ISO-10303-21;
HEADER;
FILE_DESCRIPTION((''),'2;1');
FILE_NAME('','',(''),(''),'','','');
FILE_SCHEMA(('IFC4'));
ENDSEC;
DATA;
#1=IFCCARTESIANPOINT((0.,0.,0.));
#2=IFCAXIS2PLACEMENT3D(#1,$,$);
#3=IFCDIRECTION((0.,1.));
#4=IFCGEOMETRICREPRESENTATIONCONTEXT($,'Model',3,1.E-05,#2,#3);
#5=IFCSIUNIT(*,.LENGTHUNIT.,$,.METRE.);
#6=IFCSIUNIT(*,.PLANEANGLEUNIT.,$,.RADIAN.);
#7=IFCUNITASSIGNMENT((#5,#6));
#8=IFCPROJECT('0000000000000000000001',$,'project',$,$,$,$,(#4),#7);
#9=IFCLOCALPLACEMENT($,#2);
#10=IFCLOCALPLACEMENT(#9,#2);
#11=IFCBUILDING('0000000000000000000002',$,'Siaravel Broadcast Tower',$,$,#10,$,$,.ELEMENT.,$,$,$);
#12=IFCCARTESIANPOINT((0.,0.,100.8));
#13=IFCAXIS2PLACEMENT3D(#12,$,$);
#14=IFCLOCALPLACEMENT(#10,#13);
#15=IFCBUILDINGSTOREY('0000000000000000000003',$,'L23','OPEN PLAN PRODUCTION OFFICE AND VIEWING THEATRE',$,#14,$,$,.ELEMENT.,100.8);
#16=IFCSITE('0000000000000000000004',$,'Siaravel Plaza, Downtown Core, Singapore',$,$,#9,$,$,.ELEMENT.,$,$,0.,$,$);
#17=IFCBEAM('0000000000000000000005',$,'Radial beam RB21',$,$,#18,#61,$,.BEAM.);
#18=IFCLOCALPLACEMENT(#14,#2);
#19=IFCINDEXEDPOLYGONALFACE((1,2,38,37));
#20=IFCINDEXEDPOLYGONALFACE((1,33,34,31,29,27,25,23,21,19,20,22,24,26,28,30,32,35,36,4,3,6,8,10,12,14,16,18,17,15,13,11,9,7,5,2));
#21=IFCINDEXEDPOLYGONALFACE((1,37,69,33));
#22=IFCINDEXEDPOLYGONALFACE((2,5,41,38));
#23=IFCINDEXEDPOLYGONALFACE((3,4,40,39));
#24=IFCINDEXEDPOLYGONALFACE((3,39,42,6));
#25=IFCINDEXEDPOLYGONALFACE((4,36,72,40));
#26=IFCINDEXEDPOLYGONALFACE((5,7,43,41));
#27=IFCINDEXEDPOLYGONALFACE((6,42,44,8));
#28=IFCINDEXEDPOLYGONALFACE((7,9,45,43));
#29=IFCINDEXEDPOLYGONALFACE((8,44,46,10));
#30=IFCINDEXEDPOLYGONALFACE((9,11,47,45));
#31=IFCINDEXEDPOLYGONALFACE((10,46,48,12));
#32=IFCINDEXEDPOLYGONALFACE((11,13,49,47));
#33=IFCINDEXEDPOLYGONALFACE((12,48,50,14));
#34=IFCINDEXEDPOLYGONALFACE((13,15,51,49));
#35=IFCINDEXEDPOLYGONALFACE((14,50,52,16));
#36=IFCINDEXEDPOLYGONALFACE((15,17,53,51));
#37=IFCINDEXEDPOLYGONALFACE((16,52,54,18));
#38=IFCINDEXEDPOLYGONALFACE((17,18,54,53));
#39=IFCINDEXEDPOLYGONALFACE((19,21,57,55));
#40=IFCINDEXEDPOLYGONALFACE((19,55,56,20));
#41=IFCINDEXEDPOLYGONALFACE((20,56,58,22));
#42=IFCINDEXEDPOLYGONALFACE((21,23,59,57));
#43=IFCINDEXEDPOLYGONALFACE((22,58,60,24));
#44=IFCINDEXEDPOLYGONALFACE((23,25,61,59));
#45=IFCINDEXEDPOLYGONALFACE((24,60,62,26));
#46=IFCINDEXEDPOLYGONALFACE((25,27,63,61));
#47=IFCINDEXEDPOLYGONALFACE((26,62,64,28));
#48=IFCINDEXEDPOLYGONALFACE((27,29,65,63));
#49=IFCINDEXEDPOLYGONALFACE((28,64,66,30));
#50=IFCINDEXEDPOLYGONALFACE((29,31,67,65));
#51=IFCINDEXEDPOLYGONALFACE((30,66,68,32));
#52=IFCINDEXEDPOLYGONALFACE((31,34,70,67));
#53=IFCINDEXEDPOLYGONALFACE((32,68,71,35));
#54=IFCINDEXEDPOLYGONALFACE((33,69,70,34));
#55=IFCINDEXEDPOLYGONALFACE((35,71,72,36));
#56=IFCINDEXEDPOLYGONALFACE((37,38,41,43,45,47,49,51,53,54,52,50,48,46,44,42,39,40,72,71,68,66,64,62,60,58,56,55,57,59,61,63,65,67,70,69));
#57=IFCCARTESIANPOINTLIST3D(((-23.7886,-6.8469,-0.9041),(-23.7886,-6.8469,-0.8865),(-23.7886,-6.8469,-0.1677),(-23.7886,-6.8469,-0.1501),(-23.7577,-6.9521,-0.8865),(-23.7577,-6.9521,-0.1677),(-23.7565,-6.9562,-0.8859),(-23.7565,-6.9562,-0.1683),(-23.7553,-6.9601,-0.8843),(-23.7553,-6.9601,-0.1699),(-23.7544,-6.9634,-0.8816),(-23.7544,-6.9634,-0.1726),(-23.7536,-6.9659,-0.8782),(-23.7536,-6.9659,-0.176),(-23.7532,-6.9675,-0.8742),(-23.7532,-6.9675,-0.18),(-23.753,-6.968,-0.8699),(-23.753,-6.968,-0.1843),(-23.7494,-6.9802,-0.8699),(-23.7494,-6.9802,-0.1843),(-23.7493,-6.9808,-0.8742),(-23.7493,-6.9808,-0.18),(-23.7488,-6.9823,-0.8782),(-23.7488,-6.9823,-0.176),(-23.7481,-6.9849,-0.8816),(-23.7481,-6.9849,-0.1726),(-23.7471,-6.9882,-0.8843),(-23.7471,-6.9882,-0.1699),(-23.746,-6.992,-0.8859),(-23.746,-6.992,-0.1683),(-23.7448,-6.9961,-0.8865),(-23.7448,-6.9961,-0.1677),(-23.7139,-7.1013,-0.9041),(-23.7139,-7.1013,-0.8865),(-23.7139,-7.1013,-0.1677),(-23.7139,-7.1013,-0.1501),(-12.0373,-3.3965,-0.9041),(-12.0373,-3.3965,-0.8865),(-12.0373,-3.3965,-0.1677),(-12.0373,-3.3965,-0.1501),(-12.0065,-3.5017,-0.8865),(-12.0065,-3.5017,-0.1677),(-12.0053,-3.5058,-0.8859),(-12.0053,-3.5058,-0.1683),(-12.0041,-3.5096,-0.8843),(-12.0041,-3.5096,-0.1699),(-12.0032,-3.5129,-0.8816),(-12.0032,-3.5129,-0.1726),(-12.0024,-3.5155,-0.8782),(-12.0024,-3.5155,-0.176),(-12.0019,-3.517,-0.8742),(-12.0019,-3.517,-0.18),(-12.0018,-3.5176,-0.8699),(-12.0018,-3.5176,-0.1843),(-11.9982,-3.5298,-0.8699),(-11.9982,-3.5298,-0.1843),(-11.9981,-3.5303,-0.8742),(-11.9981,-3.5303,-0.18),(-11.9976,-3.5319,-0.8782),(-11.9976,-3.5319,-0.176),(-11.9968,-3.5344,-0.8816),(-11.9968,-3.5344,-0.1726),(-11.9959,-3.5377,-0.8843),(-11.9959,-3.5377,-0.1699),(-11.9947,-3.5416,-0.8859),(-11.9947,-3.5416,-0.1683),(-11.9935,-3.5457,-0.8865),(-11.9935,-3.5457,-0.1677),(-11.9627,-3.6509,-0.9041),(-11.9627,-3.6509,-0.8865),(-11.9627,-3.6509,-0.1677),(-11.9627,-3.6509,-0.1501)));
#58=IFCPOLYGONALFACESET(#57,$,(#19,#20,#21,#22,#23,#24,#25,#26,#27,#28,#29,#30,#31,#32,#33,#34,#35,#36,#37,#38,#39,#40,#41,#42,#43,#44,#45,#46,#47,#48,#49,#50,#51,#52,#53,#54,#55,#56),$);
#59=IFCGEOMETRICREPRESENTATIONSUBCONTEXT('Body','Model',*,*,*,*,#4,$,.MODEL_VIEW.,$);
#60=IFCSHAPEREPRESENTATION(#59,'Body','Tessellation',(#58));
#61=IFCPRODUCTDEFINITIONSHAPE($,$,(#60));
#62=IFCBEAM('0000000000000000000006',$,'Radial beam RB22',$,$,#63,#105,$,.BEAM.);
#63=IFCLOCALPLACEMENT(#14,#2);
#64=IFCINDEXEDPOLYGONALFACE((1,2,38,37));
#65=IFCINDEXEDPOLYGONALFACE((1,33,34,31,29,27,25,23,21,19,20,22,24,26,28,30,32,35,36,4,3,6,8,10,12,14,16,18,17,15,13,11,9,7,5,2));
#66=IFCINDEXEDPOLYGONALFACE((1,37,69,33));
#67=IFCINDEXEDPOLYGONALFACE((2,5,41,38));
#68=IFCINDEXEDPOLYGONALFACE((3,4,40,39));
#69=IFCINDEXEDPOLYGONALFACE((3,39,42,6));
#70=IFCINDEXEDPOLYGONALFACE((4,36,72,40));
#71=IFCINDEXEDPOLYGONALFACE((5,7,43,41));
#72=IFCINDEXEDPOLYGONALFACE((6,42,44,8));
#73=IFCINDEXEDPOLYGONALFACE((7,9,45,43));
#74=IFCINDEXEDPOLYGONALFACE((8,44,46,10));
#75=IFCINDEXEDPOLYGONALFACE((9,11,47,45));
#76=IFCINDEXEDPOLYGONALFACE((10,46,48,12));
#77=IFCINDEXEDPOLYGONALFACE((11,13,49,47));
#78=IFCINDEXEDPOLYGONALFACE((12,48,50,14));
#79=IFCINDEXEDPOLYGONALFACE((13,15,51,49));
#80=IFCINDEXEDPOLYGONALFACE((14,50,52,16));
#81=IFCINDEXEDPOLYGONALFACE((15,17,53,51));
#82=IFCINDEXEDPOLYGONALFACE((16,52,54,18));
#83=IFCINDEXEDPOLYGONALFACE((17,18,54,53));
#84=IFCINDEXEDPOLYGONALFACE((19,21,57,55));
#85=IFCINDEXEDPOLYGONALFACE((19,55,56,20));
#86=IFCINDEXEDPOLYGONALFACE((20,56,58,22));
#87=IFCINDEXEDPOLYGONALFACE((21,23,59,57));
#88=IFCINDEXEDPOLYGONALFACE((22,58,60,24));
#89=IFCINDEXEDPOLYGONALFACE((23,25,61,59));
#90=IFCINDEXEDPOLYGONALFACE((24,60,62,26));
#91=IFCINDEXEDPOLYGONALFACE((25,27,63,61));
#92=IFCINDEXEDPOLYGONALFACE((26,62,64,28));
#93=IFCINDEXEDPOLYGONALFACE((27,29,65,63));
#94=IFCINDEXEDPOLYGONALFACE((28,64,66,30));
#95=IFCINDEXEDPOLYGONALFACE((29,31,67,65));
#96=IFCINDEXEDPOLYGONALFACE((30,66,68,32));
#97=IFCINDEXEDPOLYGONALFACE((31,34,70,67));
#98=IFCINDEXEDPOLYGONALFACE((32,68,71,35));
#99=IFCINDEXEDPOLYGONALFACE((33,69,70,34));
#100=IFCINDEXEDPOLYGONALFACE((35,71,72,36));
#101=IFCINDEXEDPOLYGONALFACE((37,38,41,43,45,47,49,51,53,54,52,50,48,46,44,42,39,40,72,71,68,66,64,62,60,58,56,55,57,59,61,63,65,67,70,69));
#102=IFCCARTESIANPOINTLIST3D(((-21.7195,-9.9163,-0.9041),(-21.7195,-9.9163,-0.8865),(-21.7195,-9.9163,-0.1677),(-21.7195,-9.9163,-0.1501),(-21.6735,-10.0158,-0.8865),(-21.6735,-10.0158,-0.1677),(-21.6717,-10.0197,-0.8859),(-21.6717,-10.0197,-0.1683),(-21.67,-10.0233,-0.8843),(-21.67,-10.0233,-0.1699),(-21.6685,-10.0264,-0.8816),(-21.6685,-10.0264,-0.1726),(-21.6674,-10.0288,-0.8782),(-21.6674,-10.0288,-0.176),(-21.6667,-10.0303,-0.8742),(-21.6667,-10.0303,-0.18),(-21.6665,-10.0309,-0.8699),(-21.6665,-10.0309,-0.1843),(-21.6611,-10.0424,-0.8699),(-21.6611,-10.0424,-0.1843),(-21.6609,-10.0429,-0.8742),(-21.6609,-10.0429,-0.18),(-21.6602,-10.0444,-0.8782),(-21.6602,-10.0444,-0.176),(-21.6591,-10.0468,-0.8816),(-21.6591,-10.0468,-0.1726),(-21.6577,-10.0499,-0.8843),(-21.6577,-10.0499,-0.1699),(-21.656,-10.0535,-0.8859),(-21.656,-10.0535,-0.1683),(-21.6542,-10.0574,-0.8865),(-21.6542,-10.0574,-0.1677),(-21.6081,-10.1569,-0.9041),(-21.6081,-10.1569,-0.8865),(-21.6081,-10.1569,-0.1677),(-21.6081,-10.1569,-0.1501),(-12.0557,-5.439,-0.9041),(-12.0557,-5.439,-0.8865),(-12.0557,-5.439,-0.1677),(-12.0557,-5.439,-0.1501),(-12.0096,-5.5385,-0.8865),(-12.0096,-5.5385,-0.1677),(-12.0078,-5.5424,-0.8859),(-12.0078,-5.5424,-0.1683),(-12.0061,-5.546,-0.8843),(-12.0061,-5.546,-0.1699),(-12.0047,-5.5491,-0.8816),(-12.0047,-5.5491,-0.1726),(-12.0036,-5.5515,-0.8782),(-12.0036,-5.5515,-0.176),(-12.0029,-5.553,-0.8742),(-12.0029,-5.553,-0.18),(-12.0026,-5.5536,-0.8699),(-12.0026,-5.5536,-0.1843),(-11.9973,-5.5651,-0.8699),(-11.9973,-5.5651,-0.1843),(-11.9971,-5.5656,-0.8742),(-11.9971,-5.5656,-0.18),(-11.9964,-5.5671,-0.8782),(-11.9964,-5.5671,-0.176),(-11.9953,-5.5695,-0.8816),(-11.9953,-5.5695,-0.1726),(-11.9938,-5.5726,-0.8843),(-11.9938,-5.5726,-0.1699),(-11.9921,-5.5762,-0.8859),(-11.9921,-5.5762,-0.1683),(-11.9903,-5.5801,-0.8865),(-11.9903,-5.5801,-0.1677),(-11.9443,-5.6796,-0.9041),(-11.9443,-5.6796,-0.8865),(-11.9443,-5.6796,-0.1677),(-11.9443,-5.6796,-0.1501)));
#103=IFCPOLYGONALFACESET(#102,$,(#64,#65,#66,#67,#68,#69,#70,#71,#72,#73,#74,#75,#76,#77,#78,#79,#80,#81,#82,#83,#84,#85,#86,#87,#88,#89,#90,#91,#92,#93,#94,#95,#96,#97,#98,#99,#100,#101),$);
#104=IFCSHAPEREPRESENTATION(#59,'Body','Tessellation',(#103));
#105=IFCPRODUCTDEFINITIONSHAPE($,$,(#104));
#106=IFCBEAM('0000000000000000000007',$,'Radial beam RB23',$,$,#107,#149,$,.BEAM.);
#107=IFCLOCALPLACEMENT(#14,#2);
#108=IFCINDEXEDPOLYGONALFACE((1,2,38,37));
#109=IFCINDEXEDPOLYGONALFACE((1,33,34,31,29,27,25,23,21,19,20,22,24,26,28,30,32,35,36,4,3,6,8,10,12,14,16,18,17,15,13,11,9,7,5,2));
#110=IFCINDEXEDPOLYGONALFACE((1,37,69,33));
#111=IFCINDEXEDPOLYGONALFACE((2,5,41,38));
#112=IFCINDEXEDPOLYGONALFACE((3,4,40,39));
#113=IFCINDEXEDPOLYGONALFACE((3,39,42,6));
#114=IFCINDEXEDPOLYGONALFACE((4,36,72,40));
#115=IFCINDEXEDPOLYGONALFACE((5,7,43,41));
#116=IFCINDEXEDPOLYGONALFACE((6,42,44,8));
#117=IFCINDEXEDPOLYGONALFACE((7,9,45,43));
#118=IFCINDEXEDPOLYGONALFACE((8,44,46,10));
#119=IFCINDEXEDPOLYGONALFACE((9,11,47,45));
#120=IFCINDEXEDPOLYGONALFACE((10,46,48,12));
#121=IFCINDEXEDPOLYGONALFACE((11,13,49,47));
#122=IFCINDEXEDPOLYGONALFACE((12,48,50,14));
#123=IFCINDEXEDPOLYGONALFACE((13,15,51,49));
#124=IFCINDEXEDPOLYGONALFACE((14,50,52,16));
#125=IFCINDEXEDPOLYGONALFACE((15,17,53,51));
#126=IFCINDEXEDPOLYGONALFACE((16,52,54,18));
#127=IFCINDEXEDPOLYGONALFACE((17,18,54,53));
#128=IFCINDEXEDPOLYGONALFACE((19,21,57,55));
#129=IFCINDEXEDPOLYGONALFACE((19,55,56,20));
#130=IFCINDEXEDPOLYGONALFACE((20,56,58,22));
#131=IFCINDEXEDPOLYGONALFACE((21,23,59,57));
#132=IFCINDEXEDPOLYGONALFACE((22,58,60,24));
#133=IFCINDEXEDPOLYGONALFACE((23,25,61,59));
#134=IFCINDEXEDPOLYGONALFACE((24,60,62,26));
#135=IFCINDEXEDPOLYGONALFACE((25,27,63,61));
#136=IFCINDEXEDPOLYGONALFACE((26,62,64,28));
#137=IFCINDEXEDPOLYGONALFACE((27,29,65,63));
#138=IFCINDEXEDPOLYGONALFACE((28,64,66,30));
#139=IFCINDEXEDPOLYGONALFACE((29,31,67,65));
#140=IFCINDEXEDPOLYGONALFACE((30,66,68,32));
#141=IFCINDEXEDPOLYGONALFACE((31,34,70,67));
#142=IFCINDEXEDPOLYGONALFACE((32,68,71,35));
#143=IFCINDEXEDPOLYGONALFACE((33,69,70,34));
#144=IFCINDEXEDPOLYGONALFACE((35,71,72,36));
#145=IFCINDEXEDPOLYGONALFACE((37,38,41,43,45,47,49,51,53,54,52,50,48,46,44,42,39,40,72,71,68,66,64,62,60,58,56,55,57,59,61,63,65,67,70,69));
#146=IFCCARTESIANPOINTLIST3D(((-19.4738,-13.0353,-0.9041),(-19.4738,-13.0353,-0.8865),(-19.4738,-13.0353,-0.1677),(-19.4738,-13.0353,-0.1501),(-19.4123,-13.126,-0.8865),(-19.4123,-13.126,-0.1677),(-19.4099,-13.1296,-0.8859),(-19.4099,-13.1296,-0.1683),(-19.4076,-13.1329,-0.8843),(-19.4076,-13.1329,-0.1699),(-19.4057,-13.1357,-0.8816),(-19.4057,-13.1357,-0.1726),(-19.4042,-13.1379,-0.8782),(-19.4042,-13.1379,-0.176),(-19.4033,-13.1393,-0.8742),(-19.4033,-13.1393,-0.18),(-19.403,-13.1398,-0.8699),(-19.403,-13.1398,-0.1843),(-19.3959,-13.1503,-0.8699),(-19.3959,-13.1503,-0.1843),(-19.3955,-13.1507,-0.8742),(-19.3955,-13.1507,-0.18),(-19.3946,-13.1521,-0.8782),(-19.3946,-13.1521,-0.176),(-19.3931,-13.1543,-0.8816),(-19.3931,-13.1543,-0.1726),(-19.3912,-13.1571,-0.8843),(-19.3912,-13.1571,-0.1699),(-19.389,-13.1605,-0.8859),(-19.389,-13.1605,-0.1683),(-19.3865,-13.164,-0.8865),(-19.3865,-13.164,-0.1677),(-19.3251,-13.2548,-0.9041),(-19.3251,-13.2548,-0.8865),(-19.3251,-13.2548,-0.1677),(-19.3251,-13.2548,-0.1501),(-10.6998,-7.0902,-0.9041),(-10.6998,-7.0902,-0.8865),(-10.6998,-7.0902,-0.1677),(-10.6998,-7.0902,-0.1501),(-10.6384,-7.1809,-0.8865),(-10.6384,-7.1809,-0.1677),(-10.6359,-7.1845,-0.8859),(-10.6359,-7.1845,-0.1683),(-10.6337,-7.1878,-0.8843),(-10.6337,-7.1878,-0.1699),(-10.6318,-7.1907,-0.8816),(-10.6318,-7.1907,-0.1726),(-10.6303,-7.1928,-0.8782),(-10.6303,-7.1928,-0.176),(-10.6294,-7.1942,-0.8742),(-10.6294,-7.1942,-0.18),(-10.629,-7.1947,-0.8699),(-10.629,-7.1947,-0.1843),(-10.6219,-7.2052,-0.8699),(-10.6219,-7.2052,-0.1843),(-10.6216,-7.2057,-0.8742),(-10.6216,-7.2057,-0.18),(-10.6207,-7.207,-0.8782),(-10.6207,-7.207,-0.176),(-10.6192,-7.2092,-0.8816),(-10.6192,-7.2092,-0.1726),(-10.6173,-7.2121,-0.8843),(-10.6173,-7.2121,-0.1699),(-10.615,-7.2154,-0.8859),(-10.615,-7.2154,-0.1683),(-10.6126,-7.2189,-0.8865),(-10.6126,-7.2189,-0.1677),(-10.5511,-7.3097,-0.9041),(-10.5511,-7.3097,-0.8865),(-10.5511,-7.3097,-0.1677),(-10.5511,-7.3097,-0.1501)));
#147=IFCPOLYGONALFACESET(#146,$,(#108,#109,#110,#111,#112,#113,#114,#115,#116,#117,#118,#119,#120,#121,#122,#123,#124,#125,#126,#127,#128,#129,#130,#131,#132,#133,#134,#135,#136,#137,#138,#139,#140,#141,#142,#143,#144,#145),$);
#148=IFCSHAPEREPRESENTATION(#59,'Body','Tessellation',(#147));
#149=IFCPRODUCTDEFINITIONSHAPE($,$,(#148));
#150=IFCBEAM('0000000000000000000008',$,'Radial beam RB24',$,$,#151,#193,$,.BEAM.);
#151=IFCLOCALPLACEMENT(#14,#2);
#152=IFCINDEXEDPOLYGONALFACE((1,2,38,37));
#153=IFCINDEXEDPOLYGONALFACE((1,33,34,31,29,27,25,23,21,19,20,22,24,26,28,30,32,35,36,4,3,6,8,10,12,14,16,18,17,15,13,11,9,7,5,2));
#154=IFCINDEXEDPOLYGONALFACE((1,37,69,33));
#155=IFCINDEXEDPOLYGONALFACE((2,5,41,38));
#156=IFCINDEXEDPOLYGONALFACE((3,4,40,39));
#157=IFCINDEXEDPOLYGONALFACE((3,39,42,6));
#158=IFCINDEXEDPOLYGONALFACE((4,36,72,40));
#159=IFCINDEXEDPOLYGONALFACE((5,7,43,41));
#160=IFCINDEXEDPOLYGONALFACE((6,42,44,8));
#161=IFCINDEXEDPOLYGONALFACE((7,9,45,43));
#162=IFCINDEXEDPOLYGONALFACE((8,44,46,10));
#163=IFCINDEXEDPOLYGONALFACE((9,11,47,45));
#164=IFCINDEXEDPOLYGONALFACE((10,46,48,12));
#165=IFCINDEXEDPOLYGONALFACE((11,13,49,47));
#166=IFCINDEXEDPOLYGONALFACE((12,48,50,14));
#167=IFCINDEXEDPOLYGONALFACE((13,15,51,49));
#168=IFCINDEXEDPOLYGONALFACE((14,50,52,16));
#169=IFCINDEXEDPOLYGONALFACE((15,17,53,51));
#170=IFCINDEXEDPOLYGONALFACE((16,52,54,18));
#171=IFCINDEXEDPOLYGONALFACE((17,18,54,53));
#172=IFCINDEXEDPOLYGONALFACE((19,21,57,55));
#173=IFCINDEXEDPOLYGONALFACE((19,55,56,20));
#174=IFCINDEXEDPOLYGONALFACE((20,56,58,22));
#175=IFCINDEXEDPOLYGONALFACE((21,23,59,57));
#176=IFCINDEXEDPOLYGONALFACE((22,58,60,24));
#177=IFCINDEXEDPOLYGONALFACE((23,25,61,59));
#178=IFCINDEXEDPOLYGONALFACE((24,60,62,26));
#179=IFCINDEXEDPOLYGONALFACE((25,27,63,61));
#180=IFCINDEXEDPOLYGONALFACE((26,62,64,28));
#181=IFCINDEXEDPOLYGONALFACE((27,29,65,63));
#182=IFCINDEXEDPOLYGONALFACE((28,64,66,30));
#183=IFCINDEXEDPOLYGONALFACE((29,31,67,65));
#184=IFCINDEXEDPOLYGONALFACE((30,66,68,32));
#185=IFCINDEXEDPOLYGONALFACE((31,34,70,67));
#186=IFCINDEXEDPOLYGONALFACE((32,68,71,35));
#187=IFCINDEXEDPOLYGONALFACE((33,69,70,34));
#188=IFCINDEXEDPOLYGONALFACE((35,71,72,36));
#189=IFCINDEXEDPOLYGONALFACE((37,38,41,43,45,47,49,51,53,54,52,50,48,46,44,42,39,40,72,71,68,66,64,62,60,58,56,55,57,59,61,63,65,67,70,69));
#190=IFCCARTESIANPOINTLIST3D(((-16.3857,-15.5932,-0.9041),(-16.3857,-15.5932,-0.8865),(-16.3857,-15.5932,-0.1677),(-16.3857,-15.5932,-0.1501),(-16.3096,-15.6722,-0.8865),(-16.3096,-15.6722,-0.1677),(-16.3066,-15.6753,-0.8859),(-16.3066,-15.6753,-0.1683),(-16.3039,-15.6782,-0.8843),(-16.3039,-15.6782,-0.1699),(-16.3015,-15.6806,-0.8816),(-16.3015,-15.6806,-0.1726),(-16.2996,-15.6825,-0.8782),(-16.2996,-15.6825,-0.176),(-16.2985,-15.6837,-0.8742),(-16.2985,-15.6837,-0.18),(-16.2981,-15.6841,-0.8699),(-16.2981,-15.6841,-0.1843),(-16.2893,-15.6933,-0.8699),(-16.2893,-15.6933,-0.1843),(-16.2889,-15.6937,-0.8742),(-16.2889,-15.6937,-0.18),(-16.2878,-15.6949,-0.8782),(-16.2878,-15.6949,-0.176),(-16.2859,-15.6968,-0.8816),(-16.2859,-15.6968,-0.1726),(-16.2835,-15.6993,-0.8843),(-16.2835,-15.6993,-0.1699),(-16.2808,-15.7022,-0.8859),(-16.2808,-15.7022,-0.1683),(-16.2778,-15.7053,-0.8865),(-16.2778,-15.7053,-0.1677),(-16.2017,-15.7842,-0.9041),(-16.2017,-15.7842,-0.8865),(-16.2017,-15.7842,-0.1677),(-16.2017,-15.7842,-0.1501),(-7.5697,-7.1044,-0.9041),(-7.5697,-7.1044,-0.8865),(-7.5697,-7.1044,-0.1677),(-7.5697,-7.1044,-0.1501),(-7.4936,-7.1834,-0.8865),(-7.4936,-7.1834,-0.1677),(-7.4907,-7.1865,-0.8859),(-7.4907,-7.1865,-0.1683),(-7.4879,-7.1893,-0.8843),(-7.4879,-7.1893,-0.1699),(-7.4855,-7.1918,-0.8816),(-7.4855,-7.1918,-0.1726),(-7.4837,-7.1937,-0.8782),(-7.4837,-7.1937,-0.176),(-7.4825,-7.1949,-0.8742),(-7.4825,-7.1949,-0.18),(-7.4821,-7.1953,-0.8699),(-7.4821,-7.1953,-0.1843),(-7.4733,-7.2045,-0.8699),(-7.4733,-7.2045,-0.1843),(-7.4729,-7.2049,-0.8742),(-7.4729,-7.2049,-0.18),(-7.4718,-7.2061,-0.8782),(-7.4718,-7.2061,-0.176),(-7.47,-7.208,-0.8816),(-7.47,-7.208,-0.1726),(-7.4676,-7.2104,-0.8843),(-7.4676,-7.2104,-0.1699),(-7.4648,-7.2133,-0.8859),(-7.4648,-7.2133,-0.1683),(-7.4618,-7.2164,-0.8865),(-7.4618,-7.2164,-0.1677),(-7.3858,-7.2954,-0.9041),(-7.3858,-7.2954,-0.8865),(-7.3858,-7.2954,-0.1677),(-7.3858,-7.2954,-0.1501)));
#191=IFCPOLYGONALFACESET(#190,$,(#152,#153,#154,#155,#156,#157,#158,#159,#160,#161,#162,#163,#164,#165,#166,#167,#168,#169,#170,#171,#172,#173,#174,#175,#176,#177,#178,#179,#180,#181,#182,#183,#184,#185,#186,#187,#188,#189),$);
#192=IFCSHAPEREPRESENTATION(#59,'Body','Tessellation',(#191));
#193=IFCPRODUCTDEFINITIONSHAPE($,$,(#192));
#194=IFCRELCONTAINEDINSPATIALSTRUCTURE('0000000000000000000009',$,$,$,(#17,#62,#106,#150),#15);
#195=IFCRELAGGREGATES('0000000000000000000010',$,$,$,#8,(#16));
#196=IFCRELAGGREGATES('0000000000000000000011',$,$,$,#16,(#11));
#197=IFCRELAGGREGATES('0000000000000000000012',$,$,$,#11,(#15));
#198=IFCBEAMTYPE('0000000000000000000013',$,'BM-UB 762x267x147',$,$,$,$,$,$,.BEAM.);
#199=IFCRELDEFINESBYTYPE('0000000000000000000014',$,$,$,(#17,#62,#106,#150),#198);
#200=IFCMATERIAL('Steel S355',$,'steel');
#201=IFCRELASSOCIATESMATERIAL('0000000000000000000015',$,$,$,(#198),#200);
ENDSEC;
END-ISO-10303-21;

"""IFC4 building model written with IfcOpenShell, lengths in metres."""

from ifc_helpers import new_model, si_unit, direction, frame, origin, origin_2d, place, context, subcontext, project, spatial, i_section, extrude, material, material_profile, profile_set, type_object, element, save


model = new_model("IFC4")

# Units and contexts
model_context = context("Model", 3, precision=1e-05, world=origin(), true_north=direction((0.0, 1.0)))
body_context = subcontext(model_context, "Body", "Model", "MODEL_VIEW")
ifc_project = project(units=[si_unit("LENGTHUNIT", "METRE"), si_unit("PLANEANGLEUNIT", "RADIAN")], contexts=[model_context])

# Site, building, storey
site_placement = place(None, origin())
site = spatial("IfcSite", under=ifc_project, at=site_placement, Name="Siaravel Plaza, Downtown Core, Singapore", CompositionType="ELEMENT", RefElevation=0.0)
building_placement = place(site_placement, origin())
building = spatial("IfcBuilding", under=site, at=building_placement, Name="Siaravel Broadcast Tower", CompositionType="ELEMENT")
storey_placement = place(building_placement, frame((0.0, 0.0, 100.8)))
storey = spatial("IfcBuildingStorey", under=building, at=storey_placement, Name="L23", Description="OPEN PLAN PRODUCTION OFFICE AND VIEWING THEATRE", CompositionType="ELEMENT", Elevation=100.8)

# Beams
ifc_material_1 = material(Name="Steel S355", Category="steel")
ifc_material_profile_1 = material_profile(ifc_material_1, i_section(OverallWidth=0.2651, OverallDepth=0.7539, WebThickness=0.0127, FlangeThickness=0.0176, FilletRadius=0.0166, at=origin_2d()))
ifc_profile_set_1 = profile_set([ifc_material_profile_1], Name="Steel S355")
beam_type = type_object("IfcBeamType", Name="BM-UB 762x267x147", PredefinedType="BEAM", material=ifc_profile_set_1)
beam_1_placement = place(storey_placement, frame((-23.7512, -6.9741, -0.5271), z_axis=(0.959494, 0.28173, 0.0), x_axis=(-0.28173, 0.959494, 0.0)))
element("IfcBeam", 1, at=beam_1_placement, inside=storey, type_object=beam_type, Name="Radial beam RB21", PredefinedType="BEAM", context=body_context, shape_type="SweptSolid", body=[
    extrude(i_section(OverallWidth=0.2651, OverallDepth=0.7539, WebThickness=0.0127, FlangeThickness=0.0176, FilletRadius=0.0166, at=origin_2d()), origin(), (0.0, 0.0, 1.0), 12.2473),
])
beam_2_placement = place(storey_placement, frame((-21.6638, -10.0366, -0.5271), z_axis=(0.907349, 0.420379, 0.0), x_axis=(-0.420379, 0.907349, 0.0)))
element("IfcBeam", 2, at=beam_2_placement, inside=storey, type_object=beam_type, Name="Radial beam RB22", PredefinedType="BEAM", context=body_context, shape_type="SweptSolid", body=[
    extrude(i_section(OverallWidth=0.2651, OverallDepth=0.7539, WebThickness=0.0127, FlangeThickness=0.0176, FilletRadius=0.0166, at=origin_2d()), origin(), (0.0, 0.0, 1.0), 10.6506),
])
beam_3_placement = place(storey_placement, frame((-19.3994, -13.145, -0.5271), z_axis=(0.827856, 0.560941, 0.0), x_axis=(-0.560941, 0.827856, 0.0)))
element("IfcBeam", 3, at=beam_3_placement, inside=storey, type_object=beam_type, Name="Radial beam RB23", PredefinedType="BEAM", context=body_context, shape_type="SweptSolid", body=[
    extrude(i_section(OverallWidth=0.2651, OverallDepth=0.7539, WebThickness=0.0127, FlangeThickness=0.0176, FilletRadius=0.0166, at=origin_2d()), origin(), (0.0, 0.0, 1.0), 10.5984),
])
beam_4_placement = place(storey_placement, frame((-16.2937, -15.6887, -0.5271), z_axis=(0.720346, 0.693615, 0.0), x_axis=(-0.693615, 0.720346, 0.0)))
element("IfcBeam", 4, at=beam_4_placement, inside=storey, type_object=beam_type, Name="Radial beam RB24", PredefinedType="BEAM", context=body_context, shape_type="SweptSolid", body=[
    extrude(i_section(OverallWidth=0.2651, OverallDepth=0.7539, WebThickness=0.0127, FlangeThickness=0.0176, FilletRadius=0.0166, at=origin_2d()), origin(), (0.0, 0.0, 1.0), 12.2385),
])

save(model, "model.ifc")
